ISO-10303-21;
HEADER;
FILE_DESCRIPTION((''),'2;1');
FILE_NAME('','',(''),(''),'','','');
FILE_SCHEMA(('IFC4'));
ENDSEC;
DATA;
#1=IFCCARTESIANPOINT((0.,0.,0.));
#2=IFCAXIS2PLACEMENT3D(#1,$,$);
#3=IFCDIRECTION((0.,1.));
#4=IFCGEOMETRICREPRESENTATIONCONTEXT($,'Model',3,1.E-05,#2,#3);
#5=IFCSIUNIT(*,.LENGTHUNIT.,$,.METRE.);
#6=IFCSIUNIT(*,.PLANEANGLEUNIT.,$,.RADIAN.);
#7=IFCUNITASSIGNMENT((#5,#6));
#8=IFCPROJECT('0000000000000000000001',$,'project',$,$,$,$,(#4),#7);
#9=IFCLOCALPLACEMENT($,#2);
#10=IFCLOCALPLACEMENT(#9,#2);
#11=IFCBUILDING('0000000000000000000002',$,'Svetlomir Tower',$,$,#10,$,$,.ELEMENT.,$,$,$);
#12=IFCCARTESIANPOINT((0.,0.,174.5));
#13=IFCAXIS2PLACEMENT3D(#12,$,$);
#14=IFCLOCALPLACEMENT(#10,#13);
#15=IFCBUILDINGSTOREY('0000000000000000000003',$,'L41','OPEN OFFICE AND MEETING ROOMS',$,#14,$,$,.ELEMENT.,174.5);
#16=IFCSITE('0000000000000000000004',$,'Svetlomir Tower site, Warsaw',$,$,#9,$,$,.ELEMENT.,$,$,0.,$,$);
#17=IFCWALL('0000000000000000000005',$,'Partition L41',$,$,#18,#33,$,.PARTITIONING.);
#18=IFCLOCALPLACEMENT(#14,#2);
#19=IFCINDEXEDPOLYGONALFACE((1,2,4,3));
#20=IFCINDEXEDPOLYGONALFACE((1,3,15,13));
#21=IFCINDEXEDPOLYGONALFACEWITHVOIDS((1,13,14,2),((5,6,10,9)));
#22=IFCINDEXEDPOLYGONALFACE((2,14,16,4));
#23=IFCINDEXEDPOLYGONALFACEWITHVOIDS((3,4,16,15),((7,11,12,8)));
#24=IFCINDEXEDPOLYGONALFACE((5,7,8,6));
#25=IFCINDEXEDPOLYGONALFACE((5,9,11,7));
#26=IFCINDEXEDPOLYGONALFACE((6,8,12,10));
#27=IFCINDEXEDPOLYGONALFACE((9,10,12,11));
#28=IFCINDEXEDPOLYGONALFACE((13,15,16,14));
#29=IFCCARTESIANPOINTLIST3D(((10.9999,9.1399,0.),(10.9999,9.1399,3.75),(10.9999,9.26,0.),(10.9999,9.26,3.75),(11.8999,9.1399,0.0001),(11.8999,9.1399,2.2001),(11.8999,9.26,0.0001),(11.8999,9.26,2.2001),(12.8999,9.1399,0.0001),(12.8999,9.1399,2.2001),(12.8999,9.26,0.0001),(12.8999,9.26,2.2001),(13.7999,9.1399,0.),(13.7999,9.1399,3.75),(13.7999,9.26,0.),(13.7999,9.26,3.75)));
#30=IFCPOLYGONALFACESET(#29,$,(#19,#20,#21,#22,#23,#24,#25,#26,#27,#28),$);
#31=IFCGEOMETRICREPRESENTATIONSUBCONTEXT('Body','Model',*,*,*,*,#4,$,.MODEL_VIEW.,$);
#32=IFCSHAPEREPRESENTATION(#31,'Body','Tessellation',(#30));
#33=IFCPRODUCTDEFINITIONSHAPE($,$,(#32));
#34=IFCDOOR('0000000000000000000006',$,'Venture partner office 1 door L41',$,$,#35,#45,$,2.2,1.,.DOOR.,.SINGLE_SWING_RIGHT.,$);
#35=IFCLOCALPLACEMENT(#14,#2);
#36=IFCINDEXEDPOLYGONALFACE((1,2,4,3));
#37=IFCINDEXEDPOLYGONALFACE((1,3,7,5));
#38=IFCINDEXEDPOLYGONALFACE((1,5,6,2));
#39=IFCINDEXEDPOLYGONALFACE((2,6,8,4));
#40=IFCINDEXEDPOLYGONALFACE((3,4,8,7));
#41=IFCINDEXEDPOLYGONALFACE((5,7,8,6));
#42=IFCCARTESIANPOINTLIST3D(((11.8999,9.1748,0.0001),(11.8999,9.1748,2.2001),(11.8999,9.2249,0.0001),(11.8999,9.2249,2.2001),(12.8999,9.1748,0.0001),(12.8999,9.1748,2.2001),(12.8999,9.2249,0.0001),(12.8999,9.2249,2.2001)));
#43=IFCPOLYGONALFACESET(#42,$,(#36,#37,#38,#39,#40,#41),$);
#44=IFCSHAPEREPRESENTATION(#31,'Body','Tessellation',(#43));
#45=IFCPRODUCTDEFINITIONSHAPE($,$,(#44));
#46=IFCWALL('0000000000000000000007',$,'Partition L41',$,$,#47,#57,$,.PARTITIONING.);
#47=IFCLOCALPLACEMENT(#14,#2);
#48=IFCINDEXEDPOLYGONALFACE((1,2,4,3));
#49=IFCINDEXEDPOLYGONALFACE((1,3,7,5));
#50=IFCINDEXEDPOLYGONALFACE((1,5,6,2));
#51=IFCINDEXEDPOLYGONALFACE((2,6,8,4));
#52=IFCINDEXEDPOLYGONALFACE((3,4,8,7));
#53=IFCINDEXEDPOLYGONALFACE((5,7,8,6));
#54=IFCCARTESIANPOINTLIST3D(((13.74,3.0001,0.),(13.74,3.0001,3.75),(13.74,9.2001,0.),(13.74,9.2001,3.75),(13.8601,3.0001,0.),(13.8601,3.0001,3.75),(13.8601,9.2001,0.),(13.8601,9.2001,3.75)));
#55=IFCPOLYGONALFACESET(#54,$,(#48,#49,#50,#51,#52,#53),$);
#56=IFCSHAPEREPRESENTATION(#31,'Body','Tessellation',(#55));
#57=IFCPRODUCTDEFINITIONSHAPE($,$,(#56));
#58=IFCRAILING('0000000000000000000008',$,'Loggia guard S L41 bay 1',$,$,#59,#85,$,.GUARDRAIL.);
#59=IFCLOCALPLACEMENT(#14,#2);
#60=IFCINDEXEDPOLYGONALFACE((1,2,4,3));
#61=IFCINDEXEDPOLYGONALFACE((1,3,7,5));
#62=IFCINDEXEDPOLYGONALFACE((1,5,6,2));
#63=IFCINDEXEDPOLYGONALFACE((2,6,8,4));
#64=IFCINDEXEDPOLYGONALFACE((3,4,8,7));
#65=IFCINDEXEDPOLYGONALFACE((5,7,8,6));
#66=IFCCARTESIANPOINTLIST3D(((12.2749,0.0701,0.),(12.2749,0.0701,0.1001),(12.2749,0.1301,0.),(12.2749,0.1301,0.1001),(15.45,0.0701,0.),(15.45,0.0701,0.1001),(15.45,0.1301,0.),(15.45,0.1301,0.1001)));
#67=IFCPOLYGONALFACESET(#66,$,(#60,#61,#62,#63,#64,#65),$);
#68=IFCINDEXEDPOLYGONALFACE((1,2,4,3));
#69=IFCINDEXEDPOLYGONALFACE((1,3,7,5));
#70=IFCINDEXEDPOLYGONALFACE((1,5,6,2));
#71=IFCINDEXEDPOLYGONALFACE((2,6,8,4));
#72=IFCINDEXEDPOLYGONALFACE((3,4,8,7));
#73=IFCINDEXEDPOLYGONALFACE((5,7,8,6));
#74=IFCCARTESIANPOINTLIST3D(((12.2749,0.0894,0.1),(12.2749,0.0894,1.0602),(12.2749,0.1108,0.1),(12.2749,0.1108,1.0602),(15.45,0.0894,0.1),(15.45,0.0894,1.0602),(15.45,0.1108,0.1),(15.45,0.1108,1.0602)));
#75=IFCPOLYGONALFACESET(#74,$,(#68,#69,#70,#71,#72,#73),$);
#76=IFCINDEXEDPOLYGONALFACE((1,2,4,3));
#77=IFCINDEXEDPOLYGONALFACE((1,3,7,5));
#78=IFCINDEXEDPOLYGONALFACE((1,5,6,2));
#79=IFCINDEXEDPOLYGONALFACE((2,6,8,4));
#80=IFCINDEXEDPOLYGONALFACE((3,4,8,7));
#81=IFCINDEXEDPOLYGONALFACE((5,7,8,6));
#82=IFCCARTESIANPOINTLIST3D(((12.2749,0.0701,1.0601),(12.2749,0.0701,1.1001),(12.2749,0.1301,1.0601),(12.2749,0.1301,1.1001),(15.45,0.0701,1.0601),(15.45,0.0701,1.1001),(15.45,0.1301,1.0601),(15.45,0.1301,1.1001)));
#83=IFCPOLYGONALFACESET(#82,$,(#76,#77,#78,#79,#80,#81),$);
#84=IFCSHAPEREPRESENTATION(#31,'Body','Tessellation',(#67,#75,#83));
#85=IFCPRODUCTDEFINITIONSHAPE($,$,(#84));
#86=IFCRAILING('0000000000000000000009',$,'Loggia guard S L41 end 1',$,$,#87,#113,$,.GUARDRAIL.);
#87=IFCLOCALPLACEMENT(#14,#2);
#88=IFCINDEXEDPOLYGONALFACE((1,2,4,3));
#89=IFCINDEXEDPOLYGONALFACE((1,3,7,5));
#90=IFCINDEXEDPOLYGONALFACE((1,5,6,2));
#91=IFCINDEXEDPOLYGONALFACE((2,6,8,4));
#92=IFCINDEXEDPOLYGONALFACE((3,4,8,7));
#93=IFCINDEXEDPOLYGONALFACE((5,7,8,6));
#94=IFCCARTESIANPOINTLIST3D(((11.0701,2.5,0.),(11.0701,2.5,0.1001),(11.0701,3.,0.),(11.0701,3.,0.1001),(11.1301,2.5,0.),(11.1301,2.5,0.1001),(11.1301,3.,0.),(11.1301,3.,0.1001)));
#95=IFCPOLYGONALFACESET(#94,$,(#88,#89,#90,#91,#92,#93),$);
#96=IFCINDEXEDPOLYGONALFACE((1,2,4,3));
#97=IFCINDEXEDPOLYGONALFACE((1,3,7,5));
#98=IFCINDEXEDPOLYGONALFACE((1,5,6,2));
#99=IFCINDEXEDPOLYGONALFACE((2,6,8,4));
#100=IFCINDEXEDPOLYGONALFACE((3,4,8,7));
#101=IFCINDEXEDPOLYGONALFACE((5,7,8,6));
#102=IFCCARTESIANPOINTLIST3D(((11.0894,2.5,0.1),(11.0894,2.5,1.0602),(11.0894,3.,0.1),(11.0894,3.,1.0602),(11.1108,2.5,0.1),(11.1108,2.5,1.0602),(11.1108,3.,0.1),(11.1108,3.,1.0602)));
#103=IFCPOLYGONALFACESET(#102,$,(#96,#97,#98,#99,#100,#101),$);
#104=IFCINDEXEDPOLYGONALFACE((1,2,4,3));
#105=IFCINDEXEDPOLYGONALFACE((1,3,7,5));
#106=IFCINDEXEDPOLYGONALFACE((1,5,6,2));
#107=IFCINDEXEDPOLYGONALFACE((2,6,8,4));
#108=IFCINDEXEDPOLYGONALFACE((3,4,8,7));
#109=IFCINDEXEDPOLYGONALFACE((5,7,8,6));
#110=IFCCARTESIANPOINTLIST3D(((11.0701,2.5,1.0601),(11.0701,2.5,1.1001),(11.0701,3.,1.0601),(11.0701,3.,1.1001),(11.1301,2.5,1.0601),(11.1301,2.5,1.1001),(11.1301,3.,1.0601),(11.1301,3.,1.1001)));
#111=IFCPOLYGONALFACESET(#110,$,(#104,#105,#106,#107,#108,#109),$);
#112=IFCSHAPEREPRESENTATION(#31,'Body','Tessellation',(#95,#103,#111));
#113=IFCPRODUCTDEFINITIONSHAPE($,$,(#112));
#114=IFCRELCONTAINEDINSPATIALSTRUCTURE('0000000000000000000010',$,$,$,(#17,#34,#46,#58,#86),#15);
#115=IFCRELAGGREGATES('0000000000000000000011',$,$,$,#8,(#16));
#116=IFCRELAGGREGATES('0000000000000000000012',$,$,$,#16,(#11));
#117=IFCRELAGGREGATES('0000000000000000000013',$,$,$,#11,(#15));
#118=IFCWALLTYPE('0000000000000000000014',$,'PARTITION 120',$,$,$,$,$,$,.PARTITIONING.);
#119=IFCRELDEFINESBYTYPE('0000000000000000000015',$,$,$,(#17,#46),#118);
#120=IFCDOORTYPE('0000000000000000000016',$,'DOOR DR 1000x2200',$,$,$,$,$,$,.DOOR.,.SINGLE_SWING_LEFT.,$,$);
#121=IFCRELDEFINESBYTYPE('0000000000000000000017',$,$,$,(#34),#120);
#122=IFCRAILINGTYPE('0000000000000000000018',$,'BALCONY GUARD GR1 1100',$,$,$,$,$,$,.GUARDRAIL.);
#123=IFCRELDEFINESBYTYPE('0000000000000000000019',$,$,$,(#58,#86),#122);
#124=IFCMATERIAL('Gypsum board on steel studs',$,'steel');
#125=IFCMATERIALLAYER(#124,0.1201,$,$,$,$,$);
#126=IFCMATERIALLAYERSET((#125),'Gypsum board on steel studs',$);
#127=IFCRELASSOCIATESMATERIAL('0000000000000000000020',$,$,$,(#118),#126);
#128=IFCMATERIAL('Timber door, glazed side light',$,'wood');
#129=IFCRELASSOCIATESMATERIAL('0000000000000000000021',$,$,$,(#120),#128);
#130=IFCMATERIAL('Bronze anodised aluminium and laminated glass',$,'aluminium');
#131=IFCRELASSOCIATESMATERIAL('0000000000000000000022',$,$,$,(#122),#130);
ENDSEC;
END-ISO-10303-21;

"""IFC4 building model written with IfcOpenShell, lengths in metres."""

from ifc_helpers import new_model, si_unit, direction, frame, frame_2d, origin, origin_2d, place, context, subcontext, project, spatial, rectangle, extrude, material, layer, layer_set, type_object, element, fill, save


model = new_model("IFC4")

# Units and contexts
model_context = context("Model", 3, precision=1e-05, world=origin(), true_north=direction((0.0, 1.0)))
body_context = subcontext(model_context, "Body", "Model", "MODEL_VIEW")
ifc_project = project(units=[si_unit("LENGTHUNIT", "METRE"), si_unit("PLANEANGLEUNIT", "RADIAN")], contexts=[model_context])

# Site, building, storey
site_placement = place(None, origin())
site = spatial("IfcSite", under=ifc_project, at=site_placement, Name="Svetlomir Tower site, Warsaw", CompositionType="ELEMENT", RefElevation=0.0)
building_placement = place(site_placement, origin())
building = spatial("IfcBuilding", under=site, at=building_placement, Name="Svetlomir Tower", CompositionType="ELEMENT")
storey_placement = place(building_placement, frame((0.0, 0.0, 174.5)))
storey = spatial("IfcBuildingStorey", under=building, at=storey_placement, Name="L41", Description="OPEN OFFICE AND MEETING ROOMS", CompositionType="ELEMENT", Elevation=174.5)

# Wall, opening, door
ifc_material_1 = material(Name="Gypsum board on steel studs", Category="steel")
ifc_layer_1 = layer(ifc_material_1, 0.1201)
ifc_layer_set_1 = layer_set([ifc_layer_1], Name="Gypsum board on steel studs")
wall_type_1 = type_object("IfcWallType", Name="PARTITION 120", PredefinedType="PARTITIONING", material=ifc_layer_set_1)
wall_1_placement = place(storey_placement, frame((11.0, 9.2, 0.0), z_axis=(0.0, 0.0, 1.0), x_axis=(1.0, 0.0, 0.0)))
wall_1 = element("IfcWall", 1, at=wall_1_placement, inside=storey, type_object=wall_type_1, Name="Partition L41", PredefinedType="PARTITIONING", context=body_context, shape_type="SweptSolid", body=[
    extrude(rectangle(XDim=2.8, YDim=0.1201, at=frame_2d((1.3999, 0.0))), origin(), (0.0, 0.0, 1.0), 3.75),
])
opening_1_placement = place(wall_1_placement, frame((0.8999, 0.0, 0.0)))
opening_1 = element("IfcOpeningElement", 2, at=opening_1_placement, cuts=wall_1, PredefinedType="OPENING", context=body_context, shape_type="SweptSolid", body=[
    extrude(rectangle(XDim=1.0, YDim=2.2, at=frame_2d((0.5, 1.1001))), frame((0.0, 0.0701, 0.0), z_axis=(0.0, -1.0, 0.0), x_axis=(1.0, 0.0, 0.0)), (0.0, 0.0, 1.0), 0.1401),
])
ifc_material_2 = material(Name="Timber door, glazed side light", Category="wood")
door_type_1 = type_object("IfcDoorType", Name="DOOR DR 1000x2200", OperationType="SINGLE_SWING_LEFT", PredefinedType="DOOR", material=ifc_material_2)
door_1_placement = place(opening_1_placement, origin())
door_1 = element("IfcDoor", 3, at=door_1_placement, inside=storey, type_object=door_type_1, Name="Venture partner office 1 door L41", OperationType="SINGLE_SWING_RIGHT", OverallHeight=2.2, OverallWidth=1.0, PredefinedType="DOOR", context=body_context, shape_type="SweptSolid", body=[
    extrude(rectangle(XDim=1.0, YDim=2.2, at=frame_2d((0.5, 1.1001))), frame((0.0, 0.0249, 0.0), z_axis=(0.0, -1.0, 0.0), x_axis=(1.0, 0.0, 0.0)), (0.0, 0.0, 1.0), 0.05),
])
fill(opening_1, door_1)

# Wall
wall_2_placement = place(storey_placement, frame((13.8, 3.0, 0.0), z_axis=(0.0, 0.0, 1.0), x_axis=(0.0, 1.0, 0.0)))
element("IfcWall", 4, at=wall_2_placement, inside=storey, type_object=wall_type_1, Name="Partition L41", PredefinedType="PARTITIONING", context=body_context, shape_type="SweptSolid", body=[
    extrude(rectangle(XDim=6.2, YDim=0.1201, at=frame_2d((3.1001, 0.0))), origin(), (0.0, 0.0, 1.0), 3.75),
])

# Railings
ifc_material_3 = material(Name="Bronze anodised aluminium and laminated glass", Category="aluminium")
railing_type = type_object("IfcRailingType", Name="BALCONY GUARD GR1 1100", PredefinedType="GUARDRAIL", material=ifc_material_3)
railing_1_placement = place(storey_placement, frame((12.2749, 0.1001, 0.0)))
element("IfcRailing", 5, at=railing_1_placement, inside=storey, type_object=railing_type, Name="Loggia guard S L41 bay 1", PredefinedType="GUARDRAIL", context=body_context, shape_type="SweptSolid", body=[
    extrude(rectangle(XDim=0.0601, YDim=0.1001, at=origin_2d()), frame((0.0, 0.0, 0.05), z_axis=(1.0, 0.0, 0.0), x_axis=(0.0, 1.0, 0.0)), (0.0, 0.0, 1.0), 3.175),
    extrude(rectangle(XDim=0.0215, YDim=0.9602, at=origin_2d()), frame((0.0, 0.0, 0.5801), z_axis=(1.0, 0.0, 0.0), x_axis=(0.0, 1.0, 0.0)), (0.0, 0.0, 1.0), 3.175),
    extrude(rectangle(XDim=0.0601, YDim=0.04, at=origin_2d()), frame((0.0, 0.0, 1.0801), z_axis=(1.0, 0.0, 0.0), x_axis=(0.0, 1.0, 0.0)), (0.0, 0.0, 1.0), 3.175),
])
railing_2_placement = place(storey_placement, frame((11.1001, 2.5, 0.0)))
element("IfcRailing", 6, at=railing_2_placement, inside=storey, type_object=railing_type, Name="Loggia guard S L41 end 1", PredefinedType="GUARDRAIL", context=body_context, shape_type="SweptSolid", body=[
    extrude(rectangle(XDim=0.0601, YDim=0.1001, at=origin_2d()), frame((0.0, 0.0, 0.05), z_axis=(0.0, 1.0, 0.0), x_axis=(-1.0, 0.0, 0.0)), (0.0, 0.0, 1.0), 0.5),
    extrude(rectangle(XDim=0.0215, YDim=0.9602, at=origin_2d()), frame((0.0, 0.0, 0.5801), z_axis=(0.0, 1.0, 0.0), x_axis=(-1.0, 0.0, 0.0)), (0.0, 0.0, 1.0), 0.5),
    extrude(rectangle(XDim=0.0601, YDim=0.04, at=origin_2d()), frame((0.0, 0.0, 1.0801), z_axis=(0.0, 1.0, 0.0), x_axis=(-1.0, 0.0, 0.0)), (0.0, 0.0, 1.0), 0.5),
])

save(model, "model.ifc")
